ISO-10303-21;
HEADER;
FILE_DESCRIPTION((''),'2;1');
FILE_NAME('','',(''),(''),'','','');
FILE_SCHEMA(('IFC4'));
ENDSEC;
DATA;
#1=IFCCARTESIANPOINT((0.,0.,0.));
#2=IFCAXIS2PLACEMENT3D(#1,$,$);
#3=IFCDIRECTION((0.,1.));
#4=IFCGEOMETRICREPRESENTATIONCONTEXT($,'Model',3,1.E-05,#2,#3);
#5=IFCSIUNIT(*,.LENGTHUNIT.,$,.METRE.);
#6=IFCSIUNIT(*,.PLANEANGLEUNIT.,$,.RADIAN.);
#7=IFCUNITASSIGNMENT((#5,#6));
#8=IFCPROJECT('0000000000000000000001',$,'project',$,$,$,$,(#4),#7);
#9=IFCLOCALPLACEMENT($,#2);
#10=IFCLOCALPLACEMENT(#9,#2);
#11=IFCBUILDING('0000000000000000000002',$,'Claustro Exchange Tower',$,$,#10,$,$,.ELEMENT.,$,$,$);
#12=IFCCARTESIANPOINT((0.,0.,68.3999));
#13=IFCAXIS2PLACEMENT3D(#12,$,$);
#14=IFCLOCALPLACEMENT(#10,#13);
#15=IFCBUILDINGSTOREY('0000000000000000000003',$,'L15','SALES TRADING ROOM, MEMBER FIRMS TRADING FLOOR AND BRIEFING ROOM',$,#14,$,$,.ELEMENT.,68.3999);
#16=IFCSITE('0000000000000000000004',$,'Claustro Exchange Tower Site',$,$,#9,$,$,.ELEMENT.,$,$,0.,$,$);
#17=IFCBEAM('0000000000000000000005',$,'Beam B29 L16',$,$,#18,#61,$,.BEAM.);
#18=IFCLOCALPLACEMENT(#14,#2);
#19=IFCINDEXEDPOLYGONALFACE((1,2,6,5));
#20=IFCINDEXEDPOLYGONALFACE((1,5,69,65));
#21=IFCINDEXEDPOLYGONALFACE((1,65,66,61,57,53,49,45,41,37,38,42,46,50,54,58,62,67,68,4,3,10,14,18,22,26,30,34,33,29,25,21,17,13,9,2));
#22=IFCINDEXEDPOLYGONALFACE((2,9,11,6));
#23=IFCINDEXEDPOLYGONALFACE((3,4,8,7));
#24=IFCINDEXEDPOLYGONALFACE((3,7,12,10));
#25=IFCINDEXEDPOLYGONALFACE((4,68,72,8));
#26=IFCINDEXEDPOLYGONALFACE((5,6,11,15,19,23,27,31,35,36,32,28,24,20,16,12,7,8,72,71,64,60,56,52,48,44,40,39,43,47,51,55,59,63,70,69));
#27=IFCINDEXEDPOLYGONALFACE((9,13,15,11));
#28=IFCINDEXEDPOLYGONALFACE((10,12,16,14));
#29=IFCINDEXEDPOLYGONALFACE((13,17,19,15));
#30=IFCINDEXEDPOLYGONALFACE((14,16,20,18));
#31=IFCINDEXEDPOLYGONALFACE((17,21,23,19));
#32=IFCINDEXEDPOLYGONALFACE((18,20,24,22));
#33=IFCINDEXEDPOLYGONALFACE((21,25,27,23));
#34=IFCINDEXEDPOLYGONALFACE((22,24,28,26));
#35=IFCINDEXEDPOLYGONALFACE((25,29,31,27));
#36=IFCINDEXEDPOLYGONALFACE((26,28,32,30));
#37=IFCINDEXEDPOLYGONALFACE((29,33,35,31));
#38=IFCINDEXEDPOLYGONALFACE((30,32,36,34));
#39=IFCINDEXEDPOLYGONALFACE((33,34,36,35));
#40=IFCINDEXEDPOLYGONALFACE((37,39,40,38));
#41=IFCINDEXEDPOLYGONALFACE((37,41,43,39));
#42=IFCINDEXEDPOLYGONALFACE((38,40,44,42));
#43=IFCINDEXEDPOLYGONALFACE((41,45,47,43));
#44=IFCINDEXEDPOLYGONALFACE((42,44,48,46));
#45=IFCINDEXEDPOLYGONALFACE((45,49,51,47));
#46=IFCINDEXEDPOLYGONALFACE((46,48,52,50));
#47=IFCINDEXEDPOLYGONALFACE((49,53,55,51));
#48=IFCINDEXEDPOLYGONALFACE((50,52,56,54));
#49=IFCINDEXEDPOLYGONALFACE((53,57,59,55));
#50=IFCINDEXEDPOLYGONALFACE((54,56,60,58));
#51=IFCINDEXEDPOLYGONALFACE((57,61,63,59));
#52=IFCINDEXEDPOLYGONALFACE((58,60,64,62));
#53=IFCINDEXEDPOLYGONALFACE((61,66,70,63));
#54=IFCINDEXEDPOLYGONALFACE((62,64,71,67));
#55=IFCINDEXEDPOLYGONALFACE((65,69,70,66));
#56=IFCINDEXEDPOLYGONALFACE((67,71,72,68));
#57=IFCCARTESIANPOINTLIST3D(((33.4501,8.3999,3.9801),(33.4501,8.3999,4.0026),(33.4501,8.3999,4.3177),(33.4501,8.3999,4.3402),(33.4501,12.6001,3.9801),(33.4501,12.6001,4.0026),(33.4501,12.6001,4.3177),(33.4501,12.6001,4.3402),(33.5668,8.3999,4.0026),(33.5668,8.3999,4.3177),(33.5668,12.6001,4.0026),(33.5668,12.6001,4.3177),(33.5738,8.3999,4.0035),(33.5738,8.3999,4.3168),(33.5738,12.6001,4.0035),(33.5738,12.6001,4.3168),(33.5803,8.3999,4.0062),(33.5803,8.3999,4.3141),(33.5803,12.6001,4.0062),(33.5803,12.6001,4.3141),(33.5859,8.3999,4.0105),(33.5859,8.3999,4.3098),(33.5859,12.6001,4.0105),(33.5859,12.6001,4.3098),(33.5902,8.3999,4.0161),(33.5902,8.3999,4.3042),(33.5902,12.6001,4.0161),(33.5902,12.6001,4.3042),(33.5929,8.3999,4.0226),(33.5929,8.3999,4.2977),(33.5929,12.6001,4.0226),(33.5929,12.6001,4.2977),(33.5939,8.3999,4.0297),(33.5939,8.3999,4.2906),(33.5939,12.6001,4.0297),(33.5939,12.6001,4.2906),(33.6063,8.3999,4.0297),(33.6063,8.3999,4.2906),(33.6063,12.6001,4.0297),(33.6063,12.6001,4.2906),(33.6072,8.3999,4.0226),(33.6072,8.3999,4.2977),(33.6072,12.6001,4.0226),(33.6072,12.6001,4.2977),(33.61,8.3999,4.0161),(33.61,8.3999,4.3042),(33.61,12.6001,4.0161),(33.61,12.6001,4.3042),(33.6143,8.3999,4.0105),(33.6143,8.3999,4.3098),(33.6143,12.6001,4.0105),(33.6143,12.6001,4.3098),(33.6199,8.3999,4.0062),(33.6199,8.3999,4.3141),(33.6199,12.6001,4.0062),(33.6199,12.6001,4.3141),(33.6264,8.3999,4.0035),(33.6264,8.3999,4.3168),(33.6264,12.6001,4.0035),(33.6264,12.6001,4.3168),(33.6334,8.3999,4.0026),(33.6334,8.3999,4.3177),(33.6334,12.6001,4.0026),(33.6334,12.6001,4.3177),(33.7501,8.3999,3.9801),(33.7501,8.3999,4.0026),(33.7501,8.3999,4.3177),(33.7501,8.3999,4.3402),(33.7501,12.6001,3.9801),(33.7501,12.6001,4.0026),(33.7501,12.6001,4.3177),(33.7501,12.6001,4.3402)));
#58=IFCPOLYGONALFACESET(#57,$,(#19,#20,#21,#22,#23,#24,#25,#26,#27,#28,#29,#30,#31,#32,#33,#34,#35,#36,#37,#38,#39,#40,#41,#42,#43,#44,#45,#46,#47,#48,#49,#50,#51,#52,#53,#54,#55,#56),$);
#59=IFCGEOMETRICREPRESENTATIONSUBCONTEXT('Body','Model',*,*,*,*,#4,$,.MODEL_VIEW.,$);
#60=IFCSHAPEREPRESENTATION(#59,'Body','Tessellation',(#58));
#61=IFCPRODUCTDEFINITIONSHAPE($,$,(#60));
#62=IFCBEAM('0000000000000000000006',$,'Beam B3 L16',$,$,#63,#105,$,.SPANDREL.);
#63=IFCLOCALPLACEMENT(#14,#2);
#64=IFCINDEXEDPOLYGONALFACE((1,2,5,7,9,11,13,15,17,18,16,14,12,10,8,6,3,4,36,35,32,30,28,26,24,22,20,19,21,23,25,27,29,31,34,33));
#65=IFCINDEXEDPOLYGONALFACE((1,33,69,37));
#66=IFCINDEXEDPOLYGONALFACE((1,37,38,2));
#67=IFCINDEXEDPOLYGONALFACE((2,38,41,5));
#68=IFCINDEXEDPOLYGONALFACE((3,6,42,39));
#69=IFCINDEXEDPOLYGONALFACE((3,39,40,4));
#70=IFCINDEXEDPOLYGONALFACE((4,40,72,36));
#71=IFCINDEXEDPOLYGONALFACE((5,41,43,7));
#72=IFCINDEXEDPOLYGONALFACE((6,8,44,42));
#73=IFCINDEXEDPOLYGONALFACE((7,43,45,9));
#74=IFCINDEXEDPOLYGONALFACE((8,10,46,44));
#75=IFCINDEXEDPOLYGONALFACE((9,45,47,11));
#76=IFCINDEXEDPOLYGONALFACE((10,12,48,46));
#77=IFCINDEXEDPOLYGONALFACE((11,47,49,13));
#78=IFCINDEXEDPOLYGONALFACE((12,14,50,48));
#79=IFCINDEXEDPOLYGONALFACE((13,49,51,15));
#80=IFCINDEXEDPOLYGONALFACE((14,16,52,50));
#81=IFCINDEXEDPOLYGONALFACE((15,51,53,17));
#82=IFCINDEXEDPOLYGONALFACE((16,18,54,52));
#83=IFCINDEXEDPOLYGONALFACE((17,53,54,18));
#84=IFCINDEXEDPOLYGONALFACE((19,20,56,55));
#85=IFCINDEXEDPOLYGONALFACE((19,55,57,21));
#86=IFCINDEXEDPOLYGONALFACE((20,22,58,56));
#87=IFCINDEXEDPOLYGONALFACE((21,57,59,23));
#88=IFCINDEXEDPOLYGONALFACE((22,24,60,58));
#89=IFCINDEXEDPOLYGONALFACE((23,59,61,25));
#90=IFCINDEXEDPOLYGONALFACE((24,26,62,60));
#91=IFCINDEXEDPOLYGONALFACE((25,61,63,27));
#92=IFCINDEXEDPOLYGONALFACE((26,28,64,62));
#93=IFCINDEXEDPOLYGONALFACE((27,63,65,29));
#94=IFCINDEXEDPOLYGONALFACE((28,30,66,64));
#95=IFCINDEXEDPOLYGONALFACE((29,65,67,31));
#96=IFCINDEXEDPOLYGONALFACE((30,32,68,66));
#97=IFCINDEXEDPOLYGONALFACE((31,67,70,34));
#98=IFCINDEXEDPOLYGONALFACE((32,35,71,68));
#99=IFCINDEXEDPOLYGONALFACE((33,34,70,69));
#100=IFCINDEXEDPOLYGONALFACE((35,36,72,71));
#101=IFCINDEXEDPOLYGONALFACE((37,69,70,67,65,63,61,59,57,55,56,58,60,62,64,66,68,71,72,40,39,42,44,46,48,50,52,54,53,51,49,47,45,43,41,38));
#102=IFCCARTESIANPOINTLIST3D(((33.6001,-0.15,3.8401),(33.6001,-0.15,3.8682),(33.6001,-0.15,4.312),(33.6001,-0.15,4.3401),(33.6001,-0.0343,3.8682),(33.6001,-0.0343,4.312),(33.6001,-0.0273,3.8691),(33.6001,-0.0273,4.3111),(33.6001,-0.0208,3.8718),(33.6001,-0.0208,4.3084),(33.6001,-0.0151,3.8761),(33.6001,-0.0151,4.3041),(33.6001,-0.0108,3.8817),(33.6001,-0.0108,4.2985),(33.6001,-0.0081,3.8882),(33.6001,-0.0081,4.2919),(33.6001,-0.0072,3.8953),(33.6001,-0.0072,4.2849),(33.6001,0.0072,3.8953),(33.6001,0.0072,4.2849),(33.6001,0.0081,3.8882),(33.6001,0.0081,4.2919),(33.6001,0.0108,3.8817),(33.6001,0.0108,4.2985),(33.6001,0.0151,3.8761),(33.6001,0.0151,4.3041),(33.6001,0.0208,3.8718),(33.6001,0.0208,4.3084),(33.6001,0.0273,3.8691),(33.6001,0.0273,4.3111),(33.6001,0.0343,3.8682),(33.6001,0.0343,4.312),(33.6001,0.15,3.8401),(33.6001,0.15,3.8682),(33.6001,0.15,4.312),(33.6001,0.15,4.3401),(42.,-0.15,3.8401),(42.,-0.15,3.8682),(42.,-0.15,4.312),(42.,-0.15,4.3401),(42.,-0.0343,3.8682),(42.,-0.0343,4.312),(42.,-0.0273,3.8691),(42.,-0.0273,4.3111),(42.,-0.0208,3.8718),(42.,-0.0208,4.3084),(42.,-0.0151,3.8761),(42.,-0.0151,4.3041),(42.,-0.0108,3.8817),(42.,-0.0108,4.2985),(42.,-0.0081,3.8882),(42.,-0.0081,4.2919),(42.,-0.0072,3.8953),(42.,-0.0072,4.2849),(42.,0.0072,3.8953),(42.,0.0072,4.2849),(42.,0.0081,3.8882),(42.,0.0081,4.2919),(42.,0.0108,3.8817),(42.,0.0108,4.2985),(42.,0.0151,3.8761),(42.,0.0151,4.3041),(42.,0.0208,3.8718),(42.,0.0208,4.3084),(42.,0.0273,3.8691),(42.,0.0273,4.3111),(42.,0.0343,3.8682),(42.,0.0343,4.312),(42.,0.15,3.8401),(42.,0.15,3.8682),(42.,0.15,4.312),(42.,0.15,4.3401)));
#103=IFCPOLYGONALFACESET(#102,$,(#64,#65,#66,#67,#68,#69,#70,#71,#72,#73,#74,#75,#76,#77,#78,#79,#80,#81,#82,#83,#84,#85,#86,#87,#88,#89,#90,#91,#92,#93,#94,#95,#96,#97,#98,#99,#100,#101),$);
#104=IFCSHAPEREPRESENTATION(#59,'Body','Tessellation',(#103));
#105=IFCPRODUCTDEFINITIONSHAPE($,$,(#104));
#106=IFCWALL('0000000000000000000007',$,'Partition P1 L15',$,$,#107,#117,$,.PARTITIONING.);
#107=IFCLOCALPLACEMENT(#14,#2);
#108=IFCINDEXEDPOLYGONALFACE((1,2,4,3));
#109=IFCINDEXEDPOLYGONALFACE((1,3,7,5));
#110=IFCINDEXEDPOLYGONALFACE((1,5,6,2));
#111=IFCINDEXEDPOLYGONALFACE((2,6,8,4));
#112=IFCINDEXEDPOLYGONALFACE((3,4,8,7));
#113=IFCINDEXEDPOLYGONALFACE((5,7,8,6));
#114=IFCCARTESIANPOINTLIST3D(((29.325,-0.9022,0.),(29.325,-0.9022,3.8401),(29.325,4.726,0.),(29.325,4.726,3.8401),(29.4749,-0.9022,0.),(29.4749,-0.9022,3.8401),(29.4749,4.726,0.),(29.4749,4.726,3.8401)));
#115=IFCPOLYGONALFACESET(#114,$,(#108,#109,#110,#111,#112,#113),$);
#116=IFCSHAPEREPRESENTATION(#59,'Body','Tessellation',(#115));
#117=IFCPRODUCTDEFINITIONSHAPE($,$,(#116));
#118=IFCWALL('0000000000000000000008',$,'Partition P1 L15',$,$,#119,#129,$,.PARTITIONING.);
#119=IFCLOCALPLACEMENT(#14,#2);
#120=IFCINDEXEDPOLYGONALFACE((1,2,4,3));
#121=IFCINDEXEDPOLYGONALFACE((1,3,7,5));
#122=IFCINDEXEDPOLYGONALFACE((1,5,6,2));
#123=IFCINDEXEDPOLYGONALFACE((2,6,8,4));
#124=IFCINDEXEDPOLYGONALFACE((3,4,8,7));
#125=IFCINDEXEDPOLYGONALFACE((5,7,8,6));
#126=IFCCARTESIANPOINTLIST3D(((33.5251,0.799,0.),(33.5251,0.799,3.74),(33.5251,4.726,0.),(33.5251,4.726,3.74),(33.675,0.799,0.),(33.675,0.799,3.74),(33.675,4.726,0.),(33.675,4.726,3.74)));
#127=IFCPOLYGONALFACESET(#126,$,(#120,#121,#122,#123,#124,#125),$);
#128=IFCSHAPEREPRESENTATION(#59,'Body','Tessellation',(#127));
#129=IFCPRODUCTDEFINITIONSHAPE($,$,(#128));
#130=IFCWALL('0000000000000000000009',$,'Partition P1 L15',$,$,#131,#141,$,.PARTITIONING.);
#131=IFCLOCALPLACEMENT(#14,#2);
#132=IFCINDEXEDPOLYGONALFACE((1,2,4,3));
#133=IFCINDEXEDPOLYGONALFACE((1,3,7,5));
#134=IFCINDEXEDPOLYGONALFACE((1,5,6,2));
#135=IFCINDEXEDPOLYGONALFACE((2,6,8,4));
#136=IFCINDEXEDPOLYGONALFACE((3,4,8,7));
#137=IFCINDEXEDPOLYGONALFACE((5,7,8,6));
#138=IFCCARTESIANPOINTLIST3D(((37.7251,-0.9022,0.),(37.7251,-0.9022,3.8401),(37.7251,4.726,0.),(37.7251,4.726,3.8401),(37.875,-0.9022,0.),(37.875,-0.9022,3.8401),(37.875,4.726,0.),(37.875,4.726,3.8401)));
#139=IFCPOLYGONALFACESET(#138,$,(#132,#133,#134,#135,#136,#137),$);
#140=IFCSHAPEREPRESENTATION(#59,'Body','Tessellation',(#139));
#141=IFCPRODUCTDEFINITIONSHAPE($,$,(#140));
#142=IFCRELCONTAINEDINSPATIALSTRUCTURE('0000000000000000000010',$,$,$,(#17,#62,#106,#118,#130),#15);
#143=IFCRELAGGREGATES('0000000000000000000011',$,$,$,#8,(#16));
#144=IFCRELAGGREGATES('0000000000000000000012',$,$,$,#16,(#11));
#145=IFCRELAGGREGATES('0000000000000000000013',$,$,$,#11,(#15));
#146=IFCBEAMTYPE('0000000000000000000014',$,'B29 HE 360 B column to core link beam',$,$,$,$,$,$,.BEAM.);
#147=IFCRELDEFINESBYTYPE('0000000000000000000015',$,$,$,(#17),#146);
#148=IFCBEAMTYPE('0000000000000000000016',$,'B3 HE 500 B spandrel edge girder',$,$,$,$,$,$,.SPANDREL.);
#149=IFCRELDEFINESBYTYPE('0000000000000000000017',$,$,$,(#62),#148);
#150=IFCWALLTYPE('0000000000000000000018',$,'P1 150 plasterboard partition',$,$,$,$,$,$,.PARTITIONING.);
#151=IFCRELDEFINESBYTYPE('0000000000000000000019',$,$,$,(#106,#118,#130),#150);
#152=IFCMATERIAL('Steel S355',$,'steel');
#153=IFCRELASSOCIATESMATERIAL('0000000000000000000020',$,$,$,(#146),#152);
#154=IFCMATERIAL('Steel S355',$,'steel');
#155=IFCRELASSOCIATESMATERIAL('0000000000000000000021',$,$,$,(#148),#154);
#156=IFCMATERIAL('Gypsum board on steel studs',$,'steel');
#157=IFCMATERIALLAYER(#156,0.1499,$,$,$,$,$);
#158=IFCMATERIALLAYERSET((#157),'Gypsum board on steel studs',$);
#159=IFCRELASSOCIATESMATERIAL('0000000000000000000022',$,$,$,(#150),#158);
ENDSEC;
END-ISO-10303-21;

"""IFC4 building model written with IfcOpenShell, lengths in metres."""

from ifc_helpers import new_model, si_unit, direction, frame, frame_2d, origin, origin_2d, place, context, subcontext, project, spatial, rectangle, i_section, extrude, material, layer, layer_set, material_profile, profile_set, type_object, element, save


model = new_model("IFC4")

# Units and contexts
model_context = context("Model", 3, precision=1e-05, world=origin(), true_north=direction((0.0, 1.0)))
body_context = subcontext(model_context, "Body", "Model", "MODEL_VIEW")
ifc_project = project(units=[si_unit("LENGTHUNIT", "METRE"), si_unit("PLANEANGLEUNIT", "RADIAN")], contexts=[model_context])

# Site, building, storey
site_placement = place(None, origin())
site = spatial("IfcSite", under=ifc_project, at=site_placement, Name="Claustro Exchange Tower Site", CompositionType="ELEMENT", RefElevation=0.0)
building_placement = place(site_placement, origin())
building = spatial("IfcBuilding", under=site, at=building_placement, Name="Claustro Exchange Tower", CompositionType="ELEMENT")
storey_placement = place(building_placement, frame((0.0, 0.0, 68.3999)))
storey = spatial("IfcBuildingStorey", under=building, at=storey_placement, Name="L15", Description="SALES TRADING ROOM, MEMBER FIRMS TRADING FLOOR AND BRIEFING ROOM", CompositionType="ELEMENT", Elevation=68.3999)

# Beams
ifc_material_1 = material(Name="Steel S355", Category="steel")
ifc_material_profile_1 = material_profile(ifc_material_1, i_section(OverallWidth=0.3, OverallDepth=0.3601, WebThickness=0.0125, FlangeThickness=0.0225, FilletRadius=0.0271, at=origin_2d()), Name="HE 360 B")
ifc_profile_set_1 = profile_set([ifc_material_profile_1], Name="Steel S355")
beam_type_1 = type_object("IfcBeamType", Name="B29 HE 360 B column to core link beam", PredefinedType="BEAM", material=ifc_profile_set_1)
beam_1_placement = place(storey_placement, frame((33.6001, 8.3999, 4.1602), z_axis=(0.0, 1.0, 0.0), x_axis=(-1.0, 0.0, 0.0)))
element("IfcBeam", 1, at=beam_1_placement, inside=storey, type_object=beam_type_1, Name="Beam B29 L16", PredefinedType="BEAM", context=body_context, shape_type="SweptSolid", body=[
    extrude(i_section(OverallWidth=0.3, OverallDepth=0.3601, WebThickness=0.0125, FlangeThickness=0.0225, FilletRadius=0.0271, at=origin_2d()), origin(), (0.0, 0.0, 1.0), 4.2002),
])
ifc_material_2 = material(Name="Steel S355", Category="steel")
ifc_material_profile_2 = material_profile(ifc_material_2, i_section(OverallWidth=0.3, OverallDepth=0.5, WebThickness=0.0144, FlangeThickness=0.0281, FilletRadius=0.0271, at=origin_2d()), Name="HE 500 B")
ifc_profile_set_2 = profile_set([ifc_material_profile_2], Name="Steel S355")
beam_type_2 = type_object("IfcBeamType", Name="B3 HE 500 B spandrel edge girder", PredefinedType="SPANDREL", material=ifc_profile_set_2)
beam_2_placement = place(storey_placement, frame((33.6001, 0.0, 4.0901), z_axis=(1.0, 0.0, 0.0), x_axis=(0.0, 1.0, 0.0)))
element("IfcBeam", 2, at=beam_2_placement, inside=storey, type_object=beam_type_2, Name="Beam B3 L16", PredefinedType="SPANDREL", context=body_context, shape_type="SweptSolid", body=[
    extrude(i_section(OverallWidth=0.3, OverallDepth=0.5, WebThickness=0.0144, FlangeThickness=0.0281, FilletRadius=0.0271, at=origin_2d()), origin(), (0.0, 0.0, 1.0), 8.3999),
])

# Walls
ifc_material_3 = material(Name="Gypsum board on steel studs", Category="steel")
ifc_layer_1 = layer(ifc_material_3, 0.1499)
ifc_layer_set_1 = layer_set([ifc_layer_1], Name="Gypsum board on steel studs")
wall_type_1 = type_object("IfcWallType", Name="P1 150 plasterboard partition", PredefinedType="PARTITIONING", material=ifc_layer_set_1)
wall_1_placement = place(storey_placement, frame((29.3999, -0.9021, 0.0), z_axis=(0.0, 0.0, 1.0), x_axis=(0.0, 1.0, 0.0)))
element("IfcWall", 3, at=wall_1_placement, inside=storey, type_object=wall_type_1, Name="Partition P1 L15", PredefinedType="PARTITIONING", context=body_context, shape_type="SweptSolid", body=[
    extrude(rectangle(XDim=5.6282, YDim=0.1499, at=frame_2d((2.814, 0.0))), origin(), (0.0, 0.0, 1.0), 3.8401),
])
wall_2_placement = place(storey_placement, frame((33.6001, 0.7991, 0.0), z_axis=(0.0, 0.0, 1.0), x_axis=(0.0, 1.0, 0.0)))
element("IfcWall", 4, at=wall_2_placement, inside=storey, type_object=wall_type_1, Name="Partition P1 L15", PredefinedType="PARTITIONING", context=body_context, shape_type="SweptSolid", body=[
    extrude(rectangle(XDim=3.927, YDim=0.1499, at=frame_2d((1.9634, 0.0))), origin(), (0.0, 0.0, 1.0), 3.74),
])
wall_3_placement = place(storey_placement, frame((37.8, -0.9021, 0.0), z_axis=(0.0, 0.0, 1.0), x_axis=(0.0, 1.0, 0.0)))
element("IfcWall", 5, at=wall_3_placement, inside=storey, type_object=wall_type_1, Name="Partition P1 L15", PredefinedType="PARTITIONING", context=body_context, shape_type="SweptSolid", body=[
    extrude(rectangle(XDim=5.6282, YDim=0.1499, at=frame_2d((2.814, 0.0))), origin(), (0.0, 0.0, 1.0), 3.8401),
])

save(model, "model.ifc")
